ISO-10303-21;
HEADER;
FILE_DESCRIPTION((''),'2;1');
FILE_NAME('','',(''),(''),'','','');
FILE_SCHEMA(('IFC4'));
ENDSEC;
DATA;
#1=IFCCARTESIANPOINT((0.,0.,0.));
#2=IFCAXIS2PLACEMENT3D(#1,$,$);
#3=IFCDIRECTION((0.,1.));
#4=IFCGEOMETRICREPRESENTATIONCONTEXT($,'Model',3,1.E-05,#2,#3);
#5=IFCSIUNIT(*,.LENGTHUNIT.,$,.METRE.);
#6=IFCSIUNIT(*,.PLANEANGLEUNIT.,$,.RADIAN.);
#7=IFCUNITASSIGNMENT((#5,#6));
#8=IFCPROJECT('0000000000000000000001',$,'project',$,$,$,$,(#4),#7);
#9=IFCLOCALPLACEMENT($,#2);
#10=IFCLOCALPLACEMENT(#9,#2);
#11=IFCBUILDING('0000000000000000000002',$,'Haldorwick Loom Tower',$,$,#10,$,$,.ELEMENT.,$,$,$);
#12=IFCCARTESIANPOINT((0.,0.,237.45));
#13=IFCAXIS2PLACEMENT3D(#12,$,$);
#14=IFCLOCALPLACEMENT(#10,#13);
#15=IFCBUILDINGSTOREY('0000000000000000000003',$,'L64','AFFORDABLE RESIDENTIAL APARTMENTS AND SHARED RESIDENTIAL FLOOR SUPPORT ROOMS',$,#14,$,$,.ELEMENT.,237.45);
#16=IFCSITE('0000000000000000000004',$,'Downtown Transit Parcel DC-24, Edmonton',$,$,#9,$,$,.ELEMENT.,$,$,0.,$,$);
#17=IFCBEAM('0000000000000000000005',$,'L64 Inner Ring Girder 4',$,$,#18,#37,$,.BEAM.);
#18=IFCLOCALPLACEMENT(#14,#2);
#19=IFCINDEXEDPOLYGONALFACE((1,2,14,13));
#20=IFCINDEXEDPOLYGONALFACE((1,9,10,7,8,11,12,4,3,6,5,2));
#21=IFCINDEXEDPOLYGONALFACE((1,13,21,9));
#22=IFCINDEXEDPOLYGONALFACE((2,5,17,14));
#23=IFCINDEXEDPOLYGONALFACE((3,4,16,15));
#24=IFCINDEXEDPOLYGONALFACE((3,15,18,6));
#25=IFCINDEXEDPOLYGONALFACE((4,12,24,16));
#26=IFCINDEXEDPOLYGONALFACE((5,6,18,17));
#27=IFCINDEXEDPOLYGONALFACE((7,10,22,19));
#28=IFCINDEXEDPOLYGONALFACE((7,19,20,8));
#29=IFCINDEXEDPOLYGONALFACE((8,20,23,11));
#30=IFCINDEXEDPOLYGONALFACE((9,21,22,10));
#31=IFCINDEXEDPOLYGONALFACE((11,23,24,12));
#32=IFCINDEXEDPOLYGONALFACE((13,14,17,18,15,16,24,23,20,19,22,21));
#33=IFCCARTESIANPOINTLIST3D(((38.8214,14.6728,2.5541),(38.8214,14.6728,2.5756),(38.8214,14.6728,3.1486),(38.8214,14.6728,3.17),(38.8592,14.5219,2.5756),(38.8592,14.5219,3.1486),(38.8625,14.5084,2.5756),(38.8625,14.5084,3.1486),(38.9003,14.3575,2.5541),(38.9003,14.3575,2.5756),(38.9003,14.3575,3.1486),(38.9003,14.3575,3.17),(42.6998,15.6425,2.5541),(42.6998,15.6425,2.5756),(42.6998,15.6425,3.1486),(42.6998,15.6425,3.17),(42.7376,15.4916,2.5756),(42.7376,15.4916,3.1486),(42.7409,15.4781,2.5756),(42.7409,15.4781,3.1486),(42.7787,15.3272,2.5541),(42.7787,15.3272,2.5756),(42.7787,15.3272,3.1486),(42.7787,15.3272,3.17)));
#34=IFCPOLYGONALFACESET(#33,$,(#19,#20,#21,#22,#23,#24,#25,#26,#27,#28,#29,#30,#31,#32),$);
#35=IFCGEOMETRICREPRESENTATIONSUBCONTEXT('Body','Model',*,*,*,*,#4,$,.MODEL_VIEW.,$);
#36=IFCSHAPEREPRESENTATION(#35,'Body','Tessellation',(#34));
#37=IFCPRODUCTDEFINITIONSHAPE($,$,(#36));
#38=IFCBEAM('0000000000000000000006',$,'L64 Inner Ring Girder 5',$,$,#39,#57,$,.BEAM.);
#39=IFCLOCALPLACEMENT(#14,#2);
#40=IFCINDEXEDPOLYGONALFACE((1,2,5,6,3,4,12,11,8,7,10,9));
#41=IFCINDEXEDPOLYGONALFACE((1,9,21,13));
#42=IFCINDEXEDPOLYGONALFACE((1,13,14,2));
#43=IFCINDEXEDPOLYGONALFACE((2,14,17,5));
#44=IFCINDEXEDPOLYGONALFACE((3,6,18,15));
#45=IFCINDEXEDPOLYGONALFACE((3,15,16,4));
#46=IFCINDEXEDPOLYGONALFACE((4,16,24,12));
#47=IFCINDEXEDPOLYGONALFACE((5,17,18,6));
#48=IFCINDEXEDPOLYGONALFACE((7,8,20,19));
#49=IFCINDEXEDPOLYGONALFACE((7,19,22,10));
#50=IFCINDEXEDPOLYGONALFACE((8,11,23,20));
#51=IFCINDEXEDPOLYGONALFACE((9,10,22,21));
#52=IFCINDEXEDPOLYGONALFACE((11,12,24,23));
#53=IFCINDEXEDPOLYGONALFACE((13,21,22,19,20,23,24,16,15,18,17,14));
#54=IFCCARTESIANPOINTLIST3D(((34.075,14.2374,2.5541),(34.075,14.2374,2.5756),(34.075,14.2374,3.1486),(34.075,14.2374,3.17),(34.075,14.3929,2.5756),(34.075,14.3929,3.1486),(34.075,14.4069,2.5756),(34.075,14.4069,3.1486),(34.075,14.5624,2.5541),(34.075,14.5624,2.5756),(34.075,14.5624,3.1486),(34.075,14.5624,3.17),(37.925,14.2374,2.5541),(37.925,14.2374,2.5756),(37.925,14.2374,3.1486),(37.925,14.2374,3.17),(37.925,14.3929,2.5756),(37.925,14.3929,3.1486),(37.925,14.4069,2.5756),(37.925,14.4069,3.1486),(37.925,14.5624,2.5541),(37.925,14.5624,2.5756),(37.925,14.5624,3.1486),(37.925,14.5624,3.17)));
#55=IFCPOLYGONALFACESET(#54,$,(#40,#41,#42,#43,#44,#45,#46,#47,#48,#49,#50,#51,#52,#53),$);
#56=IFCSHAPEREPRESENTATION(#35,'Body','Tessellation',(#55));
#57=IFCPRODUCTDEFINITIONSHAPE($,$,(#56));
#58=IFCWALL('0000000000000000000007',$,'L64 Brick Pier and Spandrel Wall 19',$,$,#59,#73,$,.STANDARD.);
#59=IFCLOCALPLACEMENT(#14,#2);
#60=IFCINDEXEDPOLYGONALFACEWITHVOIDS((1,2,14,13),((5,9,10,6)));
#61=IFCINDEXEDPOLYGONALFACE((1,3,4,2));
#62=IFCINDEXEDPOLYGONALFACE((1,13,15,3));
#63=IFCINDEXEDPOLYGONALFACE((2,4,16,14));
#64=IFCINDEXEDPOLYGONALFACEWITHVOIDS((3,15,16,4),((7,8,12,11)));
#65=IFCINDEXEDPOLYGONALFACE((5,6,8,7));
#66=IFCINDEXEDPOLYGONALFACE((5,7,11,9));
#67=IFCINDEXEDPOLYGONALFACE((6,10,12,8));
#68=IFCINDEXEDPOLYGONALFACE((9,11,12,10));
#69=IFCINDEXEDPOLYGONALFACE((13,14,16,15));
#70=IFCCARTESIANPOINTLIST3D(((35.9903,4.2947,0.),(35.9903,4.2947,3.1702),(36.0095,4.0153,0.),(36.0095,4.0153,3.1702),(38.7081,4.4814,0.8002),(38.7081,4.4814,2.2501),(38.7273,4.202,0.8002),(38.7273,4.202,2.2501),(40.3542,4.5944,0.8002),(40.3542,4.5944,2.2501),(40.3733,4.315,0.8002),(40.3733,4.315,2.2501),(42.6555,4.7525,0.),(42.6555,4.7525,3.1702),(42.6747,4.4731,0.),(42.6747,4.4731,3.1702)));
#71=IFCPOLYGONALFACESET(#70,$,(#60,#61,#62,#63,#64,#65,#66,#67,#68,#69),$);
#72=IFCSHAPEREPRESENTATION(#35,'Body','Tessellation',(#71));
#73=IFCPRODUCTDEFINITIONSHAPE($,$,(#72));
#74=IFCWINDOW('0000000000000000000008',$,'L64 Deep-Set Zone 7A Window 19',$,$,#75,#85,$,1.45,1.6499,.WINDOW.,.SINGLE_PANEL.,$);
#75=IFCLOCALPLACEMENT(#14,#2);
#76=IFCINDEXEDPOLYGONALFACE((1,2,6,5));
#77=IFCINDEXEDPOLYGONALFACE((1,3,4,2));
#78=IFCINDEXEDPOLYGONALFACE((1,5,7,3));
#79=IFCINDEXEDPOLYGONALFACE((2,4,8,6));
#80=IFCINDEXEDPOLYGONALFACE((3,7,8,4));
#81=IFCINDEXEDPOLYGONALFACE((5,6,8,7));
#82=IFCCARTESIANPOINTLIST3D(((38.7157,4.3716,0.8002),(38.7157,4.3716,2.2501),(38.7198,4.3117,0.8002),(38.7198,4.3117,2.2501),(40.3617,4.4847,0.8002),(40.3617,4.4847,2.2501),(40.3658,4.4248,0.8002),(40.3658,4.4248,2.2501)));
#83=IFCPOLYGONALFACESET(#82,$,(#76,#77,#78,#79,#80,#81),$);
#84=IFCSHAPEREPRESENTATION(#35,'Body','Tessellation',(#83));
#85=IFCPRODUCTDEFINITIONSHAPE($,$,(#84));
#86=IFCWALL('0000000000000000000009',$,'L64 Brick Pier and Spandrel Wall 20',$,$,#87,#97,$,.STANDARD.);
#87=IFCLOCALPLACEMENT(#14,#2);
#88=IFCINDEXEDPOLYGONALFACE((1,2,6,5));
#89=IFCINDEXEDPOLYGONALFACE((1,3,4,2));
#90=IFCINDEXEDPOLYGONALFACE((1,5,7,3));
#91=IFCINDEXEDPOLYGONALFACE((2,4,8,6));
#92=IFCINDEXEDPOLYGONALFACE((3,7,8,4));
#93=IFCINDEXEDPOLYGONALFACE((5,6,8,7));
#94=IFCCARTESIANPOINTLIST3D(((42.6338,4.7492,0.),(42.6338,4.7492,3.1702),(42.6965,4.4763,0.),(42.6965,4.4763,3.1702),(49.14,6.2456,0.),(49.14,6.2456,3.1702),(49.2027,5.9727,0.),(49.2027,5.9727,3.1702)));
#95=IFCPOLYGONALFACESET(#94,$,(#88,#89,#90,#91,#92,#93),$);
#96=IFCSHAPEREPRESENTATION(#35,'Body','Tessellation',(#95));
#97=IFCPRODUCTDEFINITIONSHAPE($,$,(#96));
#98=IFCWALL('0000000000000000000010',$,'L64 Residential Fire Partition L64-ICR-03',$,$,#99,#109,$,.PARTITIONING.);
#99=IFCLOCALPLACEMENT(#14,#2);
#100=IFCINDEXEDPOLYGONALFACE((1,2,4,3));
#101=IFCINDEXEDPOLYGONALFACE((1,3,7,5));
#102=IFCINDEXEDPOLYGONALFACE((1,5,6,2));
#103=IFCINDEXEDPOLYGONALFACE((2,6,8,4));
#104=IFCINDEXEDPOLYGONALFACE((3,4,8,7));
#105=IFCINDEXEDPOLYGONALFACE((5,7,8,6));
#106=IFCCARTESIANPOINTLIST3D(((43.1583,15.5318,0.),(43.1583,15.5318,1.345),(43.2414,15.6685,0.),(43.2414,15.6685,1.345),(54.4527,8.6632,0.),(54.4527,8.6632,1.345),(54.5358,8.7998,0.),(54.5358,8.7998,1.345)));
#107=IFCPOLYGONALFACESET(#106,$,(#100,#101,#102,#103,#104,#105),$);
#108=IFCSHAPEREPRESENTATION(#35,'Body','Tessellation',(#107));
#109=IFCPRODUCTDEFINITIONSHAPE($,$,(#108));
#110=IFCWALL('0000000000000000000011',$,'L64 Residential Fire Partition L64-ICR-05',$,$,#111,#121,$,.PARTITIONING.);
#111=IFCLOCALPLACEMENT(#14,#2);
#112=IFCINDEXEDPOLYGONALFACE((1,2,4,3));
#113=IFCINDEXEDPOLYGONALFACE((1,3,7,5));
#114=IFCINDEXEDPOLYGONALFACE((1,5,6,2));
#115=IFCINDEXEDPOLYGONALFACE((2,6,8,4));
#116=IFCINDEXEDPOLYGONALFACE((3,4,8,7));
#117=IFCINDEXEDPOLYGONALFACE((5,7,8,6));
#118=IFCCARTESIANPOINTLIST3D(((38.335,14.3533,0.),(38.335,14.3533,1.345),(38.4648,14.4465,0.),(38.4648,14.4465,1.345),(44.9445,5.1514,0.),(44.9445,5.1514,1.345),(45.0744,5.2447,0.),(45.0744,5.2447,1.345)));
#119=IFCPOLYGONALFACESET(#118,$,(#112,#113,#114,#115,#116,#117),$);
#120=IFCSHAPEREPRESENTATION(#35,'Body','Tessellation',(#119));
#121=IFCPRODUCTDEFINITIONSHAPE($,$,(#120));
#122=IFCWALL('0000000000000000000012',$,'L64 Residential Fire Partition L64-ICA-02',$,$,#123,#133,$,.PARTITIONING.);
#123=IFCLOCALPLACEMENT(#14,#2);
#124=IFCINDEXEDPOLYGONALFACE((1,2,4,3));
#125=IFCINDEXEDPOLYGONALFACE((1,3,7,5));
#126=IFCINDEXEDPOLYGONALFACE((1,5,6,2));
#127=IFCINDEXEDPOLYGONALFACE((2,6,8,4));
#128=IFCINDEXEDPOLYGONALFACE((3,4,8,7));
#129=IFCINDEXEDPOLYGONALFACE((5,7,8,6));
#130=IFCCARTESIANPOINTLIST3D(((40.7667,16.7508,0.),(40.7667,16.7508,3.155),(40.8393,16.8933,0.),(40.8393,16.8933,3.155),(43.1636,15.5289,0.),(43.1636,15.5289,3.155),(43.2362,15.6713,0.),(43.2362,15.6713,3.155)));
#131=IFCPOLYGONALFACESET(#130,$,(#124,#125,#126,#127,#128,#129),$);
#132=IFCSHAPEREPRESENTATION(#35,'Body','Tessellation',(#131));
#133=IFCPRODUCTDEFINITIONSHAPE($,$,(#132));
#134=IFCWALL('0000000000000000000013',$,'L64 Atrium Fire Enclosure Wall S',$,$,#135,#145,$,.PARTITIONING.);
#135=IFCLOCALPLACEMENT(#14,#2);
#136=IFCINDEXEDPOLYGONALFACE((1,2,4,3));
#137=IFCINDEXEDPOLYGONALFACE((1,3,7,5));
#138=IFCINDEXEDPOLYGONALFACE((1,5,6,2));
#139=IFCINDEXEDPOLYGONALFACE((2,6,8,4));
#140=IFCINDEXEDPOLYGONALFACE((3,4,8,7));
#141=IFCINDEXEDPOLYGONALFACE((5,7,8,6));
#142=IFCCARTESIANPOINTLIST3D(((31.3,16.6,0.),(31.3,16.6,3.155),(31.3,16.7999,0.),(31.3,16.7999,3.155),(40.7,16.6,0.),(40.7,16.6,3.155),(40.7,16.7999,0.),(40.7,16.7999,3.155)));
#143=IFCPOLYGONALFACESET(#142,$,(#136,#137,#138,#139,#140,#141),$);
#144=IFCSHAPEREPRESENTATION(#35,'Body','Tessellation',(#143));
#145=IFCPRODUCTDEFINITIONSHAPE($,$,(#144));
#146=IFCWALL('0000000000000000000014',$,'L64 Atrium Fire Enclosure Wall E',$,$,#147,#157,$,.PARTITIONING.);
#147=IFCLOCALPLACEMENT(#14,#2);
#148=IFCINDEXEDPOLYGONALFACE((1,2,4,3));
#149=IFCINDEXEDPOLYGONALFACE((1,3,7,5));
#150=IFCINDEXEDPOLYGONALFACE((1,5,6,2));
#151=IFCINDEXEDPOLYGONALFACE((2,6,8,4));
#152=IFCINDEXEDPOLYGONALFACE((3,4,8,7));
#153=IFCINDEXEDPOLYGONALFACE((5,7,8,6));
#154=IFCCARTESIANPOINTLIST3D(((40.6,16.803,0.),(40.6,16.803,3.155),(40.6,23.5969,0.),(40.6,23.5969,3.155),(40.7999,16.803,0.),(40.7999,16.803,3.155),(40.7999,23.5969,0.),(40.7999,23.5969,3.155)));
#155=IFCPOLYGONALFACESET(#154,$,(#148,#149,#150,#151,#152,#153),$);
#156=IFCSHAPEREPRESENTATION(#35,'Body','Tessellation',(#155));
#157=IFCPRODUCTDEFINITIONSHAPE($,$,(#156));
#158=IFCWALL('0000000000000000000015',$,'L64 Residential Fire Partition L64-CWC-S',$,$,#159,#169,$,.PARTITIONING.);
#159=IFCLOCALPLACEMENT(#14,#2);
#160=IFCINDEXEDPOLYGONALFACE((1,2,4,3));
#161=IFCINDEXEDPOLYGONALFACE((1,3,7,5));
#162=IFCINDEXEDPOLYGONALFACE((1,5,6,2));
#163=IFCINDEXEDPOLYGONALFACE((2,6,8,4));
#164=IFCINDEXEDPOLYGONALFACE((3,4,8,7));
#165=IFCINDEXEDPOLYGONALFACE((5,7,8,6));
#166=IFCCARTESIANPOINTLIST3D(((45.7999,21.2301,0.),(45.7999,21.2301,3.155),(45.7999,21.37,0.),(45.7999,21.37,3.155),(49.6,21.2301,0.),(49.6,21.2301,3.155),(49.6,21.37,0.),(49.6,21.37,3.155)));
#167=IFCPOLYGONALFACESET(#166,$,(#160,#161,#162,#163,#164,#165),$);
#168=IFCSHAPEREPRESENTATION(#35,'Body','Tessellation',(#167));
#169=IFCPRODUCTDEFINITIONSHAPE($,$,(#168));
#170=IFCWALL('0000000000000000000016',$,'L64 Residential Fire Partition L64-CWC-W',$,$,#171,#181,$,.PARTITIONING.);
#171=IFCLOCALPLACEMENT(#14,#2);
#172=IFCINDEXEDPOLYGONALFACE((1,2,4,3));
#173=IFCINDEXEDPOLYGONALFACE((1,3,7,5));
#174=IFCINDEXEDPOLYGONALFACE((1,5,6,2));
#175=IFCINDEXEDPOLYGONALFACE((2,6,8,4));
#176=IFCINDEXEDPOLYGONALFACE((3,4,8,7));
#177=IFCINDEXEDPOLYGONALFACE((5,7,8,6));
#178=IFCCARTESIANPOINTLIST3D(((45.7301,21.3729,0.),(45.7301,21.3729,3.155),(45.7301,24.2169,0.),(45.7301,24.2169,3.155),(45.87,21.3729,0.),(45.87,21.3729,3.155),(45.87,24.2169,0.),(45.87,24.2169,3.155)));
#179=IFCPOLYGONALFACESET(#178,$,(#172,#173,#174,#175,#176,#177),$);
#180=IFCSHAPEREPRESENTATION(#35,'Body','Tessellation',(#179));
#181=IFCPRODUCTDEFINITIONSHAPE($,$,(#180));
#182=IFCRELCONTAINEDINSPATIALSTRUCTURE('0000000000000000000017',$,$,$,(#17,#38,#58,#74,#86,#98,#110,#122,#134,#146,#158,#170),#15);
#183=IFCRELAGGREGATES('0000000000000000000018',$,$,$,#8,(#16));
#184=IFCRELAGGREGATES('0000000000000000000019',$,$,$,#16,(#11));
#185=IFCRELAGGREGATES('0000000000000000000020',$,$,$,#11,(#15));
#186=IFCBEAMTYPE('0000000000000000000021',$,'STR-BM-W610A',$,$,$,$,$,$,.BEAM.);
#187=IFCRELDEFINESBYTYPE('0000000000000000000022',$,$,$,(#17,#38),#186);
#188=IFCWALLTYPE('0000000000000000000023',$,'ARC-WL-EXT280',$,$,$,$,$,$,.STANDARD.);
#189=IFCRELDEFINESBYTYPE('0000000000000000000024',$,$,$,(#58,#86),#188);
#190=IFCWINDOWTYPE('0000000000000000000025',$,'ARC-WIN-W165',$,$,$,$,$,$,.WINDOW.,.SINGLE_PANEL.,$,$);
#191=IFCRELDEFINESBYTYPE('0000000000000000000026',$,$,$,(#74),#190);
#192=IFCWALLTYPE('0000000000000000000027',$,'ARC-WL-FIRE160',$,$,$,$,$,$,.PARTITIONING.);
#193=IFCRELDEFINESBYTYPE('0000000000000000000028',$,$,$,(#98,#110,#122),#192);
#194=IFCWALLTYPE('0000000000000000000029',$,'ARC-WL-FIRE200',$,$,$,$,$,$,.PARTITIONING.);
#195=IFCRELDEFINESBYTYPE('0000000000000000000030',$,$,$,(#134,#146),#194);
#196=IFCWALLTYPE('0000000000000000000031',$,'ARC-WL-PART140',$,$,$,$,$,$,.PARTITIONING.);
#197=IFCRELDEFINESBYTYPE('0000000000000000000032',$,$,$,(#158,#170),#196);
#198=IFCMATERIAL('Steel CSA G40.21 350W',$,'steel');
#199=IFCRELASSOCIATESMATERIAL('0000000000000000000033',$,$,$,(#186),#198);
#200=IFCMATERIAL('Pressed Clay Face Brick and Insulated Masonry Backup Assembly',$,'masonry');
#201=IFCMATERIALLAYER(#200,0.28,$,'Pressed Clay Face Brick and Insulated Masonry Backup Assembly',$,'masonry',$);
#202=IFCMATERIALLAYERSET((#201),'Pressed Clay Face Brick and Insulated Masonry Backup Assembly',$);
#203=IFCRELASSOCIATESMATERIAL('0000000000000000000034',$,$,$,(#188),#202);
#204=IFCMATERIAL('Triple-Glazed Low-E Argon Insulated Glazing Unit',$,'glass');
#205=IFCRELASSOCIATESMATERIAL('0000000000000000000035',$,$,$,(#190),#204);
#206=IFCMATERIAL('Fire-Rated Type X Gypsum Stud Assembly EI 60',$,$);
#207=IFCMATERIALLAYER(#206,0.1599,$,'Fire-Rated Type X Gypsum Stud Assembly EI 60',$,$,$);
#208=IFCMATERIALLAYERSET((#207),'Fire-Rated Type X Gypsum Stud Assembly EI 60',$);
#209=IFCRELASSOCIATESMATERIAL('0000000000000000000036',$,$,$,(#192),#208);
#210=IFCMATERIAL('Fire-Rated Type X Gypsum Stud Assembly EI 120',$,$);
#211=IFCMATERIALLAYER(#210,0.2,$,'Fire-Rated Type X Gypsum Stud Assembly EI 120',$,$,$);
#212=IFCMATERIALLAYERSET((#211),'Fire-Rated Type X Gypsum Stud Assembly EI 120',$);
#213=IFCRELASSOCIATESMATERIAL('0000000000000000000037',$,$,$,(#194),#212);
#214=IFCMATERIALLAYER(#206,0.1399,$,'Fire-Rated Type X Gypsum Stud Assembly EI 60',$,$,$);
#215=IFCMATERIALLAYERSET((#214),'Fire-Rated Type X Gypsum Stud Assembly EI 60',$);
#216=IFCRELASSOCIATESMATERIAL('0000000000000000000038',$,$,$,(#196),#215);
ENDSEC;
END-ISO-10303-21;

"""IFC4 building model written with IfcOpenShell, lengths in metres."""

from ifc_helpers import new_model, si_unit, direction, frame, frame_2d, origin, origin_2d, place, context, subcontext, project, spatial, rectangle, i_section, extrude, material, layer, layer_set, material_profile, profile_set, type_object, element, fill, save


model = new_model("IFC4")

# Units and contexts
model_context = context("Model", 3, precision=1e-05, world=origin(), true_north=direction((0.0, 1.0)))
body_context = subcontext(model_context, "Body", "Model", "MODEL_VIEW")
ifc_project = project(units=[si_unit("LENGTHUNIT", "METRE"), si_unit("PLANEANGLEUNIT", "RADIAN")], contexts=[model_context])

# Site, building, storey
site_placement = place(None, origin())
site = spatial("IfcSite", under=ifc_project, at=site_placement, Name="Downtown Transit Parcel DC-24, Edmonton", CompositionType="ELEMENT", RefElevation=0.0)
building_placement = place(site_placement, origin())
building = spatial("IfcBuilding", under=site, at=building_placement, Name="Haldorwick Loom Tower", CompositionType="ELEMENT")
storey_placement = place(building_placement, frame((0.0, 0.0, 237.45)))
storey = spatial("IfcBuildingStorey", under=building, at=storey_placement, Name="L64", Description="AFFORDABLE RESIDENTIAL APARTMENTS AND SHARED RESIDENTIAL FLOOR SUPPORT ROOMS", CompositionType="ELEMENT", Elevation=237.45)

# Shared definitions
ifc_material_1 = material(Name="Steel CSA G40.21 350W", Category="steel")

# Beams
ifc_material_profile_1 = material_profile(ifc_material_1, i_section(OverallWidth=0.325, OverallDepth=0.616, WebThickness=0.0139, FlangeThickness=0.0215, at=origin_2d()), Name="W610X174", Category="steel")
ifc_profile_set_1 = profile_set([ifc_material_profile_1], Name="Steel CSA G40.21 350W")
beam_type_1 = type_object("IfcBeamType", Name="STR-BM-W610A", PredefinedType="BEAM", material=ifc_profile_set_1)
beam_1_placement = place(storey_placement, frame((42.7393, 15.4849, 2.8621), z_axis=(-0.970135, -0.242564, 0.0), x_axis=(0.242564, -0.970135, 0.0)))
element("IfcBeam", 1, at=beam_1_placement, inside=storey, type_object=beam_type_1, Name="L64 Inner Ring Girder 4", PredefinedType="BEAM", context=body_context, shape_type="SweptSolid", body=[
    extrude(i_section(OverallWidth=0.325, OverallDepth=0.616, WebThickness=0.0139, FlangeThickness=0.0215, at=origin_2d()), origin(), (0.0, 0.0, 1.0), 3.9978),
])
beam_2_placement = place(storey_placement, frame((37.925, 14.3999, 2.8621), z_axis=(-1.0, 0.0, 0.0), x_axis=(0.0, -1.0, 0.0)))
element("IfcBeam", 2, at=beam_2_placement, inside=storey, type_object=beam_type_1, Name="L64 Inner Ring Girder 5", PredefinedType="BEAM", context=body_context, shape_type="SweptSolid", body=[
    extrude(i_section(OverallWidth=0.325, OverallDepth=0.616, WebThickness=0.0139, FlangeThickness=0.0215, at=origin_2d()), origin(), (0.0, 0.0, 1.0), 3.8501),
])

# Wall, opening, window
ifc_material_2 = material(Name="Pressed Clay Face Brick and Insulated Masonry Backup Assembly", Category="masonry")
ifc_layer_1 = layer(ifc_material_2, 0.28, Name="Pressed Clay Face Brick and Insulated Masonry Backup Assembly", Category="masonry")
ifc_layer_set_1 = layer_set([ifc_layer_1], Name="Pressed Clay Face Brick and Insulated Masonry Backup Assembly")
wall_type_1 = type_object("IfcWallType", Name="ARC-WL-EXT280", PredefinedType="STANDARD", material=ifc_layer_set_1)
wall_1_placement = place(storey_placement, frame((36.0, 4.155, 0.0), z_axis=(0.0, 0.0, 1.0), x_axis=(0.99765, 0.068517, 0.0)))
wall_1 = element("IfcWall", 3, at=wall_1_placement, inside=storey, type_object=wall_type_1, Name="L64 Brick Pier and Spandrel Wall 19", PredefinedType="STANDARD", context=body_context, shape_type="SweptSolid", body=[
    extrude(rectangle(XDim=6.6809, YDim=0.28, at=frame_2d((3.3403, 0.0))), origin(), (0.0, 0.0, 1.0), 3.1702),
])
opening_placement = place(wall_1_placement, frame((2.7241, 0.0, 0.8)))
opening = element("IfcOpeningElement", 4, at=opening_placement, cuts=wall_1, PredefinedType="OPENING", context=body_context, shape_type="SweptSolid", body=[
    extrude(rectangle(XDim=1.6499, YDim=1.45, at=frame_2d((0.825, 0.7251))), frame((0.0, 0.1499, 0.0), z_axis=(0.0, -1.0, 0.0), x_axis=(1.0, 0.0, 0.0)), (0.0, 0.0, 1.0), 0.3),
])
ifc_material_3 = material(Name="Triple-Glazed Low-E Argon Insulated Glazing Unit", Category="glass")
window_type = type_object("IfcWindowType", Name="ARC-WIN-W165", PartitioningType="SINGLE_PANEL", PredefinedType="WINDOW", material=ifc_material_3)
window_placement = place(opening_placement, origin())
window = element("IfcWindow", 5, at=window_placement, inside=storey, type_object=window_type, Name="L64 Deep-Set Zone 7A Window 19", OverallHeight=1.45, OverallWidth=1.6499, PartitioningType="SINGLE_PANEL", PredefinedType="WINDOW", context=body_context, shape_type="SweptSolid", body=[
    extrude(rectangle(XDim=1.6499, YDim=1.45, at=frame_2d((0.825, 0.7251))), frame((0.0, 0.03, 0.0), z_axis=(0.0, -1.0, 0.0), x_axis=(1.0, 0.0, 0.0)), (0.0, 0.0, 1.0), 0.0601),
])
fill(opening, window)

# Walls
wall_2_placement = place(storey_placement, frame((42.6653, 4.6128, 0.0), z_axis=(0.0, 0.0, 1.0), x_axis=(0.974557, 0.224138, 0.0)))
element("IfcWall", 6, at=wall_2_placement, inside=storey, type_object=wall_type_1, Name="L64 Brick Pier and Spandrel Wall 20", PredefinedType="STANDARD", context=body_context, shape_type="SweptSolid", body=[
    extrude(rectangle(XDim=6.676, YDim=0.28, at=frame_2d((3.3379, 0.0))), origin(), (0.0, 0.0, 1.0), 3.1702),
])
ifc_material_4 = material(Name="Fire-Rated Type X Gypsum Stud Assembly EI 60")
ifc_layer_2 = layer(ifc_material_4, 0.1599, Name="Fire-Rated Type X Gypsum Stud Assembly EI 60")
ifc_layer_set_2 = layer_set([ifc_layer_2], Name="Fire-Rated Type X Gypsum Stud Assembly EI 60")
wall_type_2 = type_object("IfcWallType", Name="ARC-WL-FIRE160", PredefinedType="PARTITIONING", material=ifc_layer_set_2)
wall_3_placement = place(storey_placement, frame((43.2, 15.6001, 0.0), z_axis=(0.0, 0.0, 1.0), x_axis=(0.854407, -0.519604, 0.0)))
element("IfcWall", 7, at=wall_3_placement, inside=storey, type_object=wall_type_2, Name="L64 Residential Fire Partition L64-ICR-03", PredefinedType="PARTITIONING", context=body_context, shape_type="SweptSolid", body=[
    extrude(rectangle(XDim=13.219, YDim=0.1599, at=frame_2d((6.6094, 0.0))), origin(), (0.0, 0.0, 1.0), 1.345),
])
wall_4_placement = place(storey_placement, frame((38.3999, 14.3999, 0.0), z_axis=(0.0, 0.0, 1.0), x_axis=(0.583389, -0.812193, 0.0)))
element("IfcWall", 8, at=wall_4_placement, inside=storey, type_object=wall_type_2, Name="L64 Residential Fire Partition L64-ICR-05", PredefinedType="PARTITIONING", context=body_context, shape_type="SweptSolid", body=[
    extrude(rectangle(XDim=11.3296, YDim=0.1599, at=frame_2d((5.6648, 0.0))), origin(), (0.0, 0.0, 1.0), 1.345),
])
wall_5_placement = place(storey_placement, frame((40.803, 16.822, 0.0), z_axis=(0.0, 0.0, 1.0), x_axis=(0.890916, -0.454169, 0.0)))
element("IfcWall", 9, at=wall_5_placement, inside=storey, type_object=wall_type_2, Name="L64 Residential Fire Partition L64-ICA-02", PredefinedType="PARTITIONING", context=body_context, shape_type="SweptSolid", body=[
    extrude(rectangle(XDim=2.6904, YDim=0.1599, at=frame_2d((1.3452, 0.0))), origin(), (0.0, 0.0, 1.0), 3.155),
])
ifc_material_5 = material(Name="Fire-Rated Type X Gypsum Stud Assembly EI 120")
ifc_layer_3 = layer(ifc_material_5, 0.2, Name="Fire-Rated Type X Gypsum Stud Assembly EI 120")
ifc_layer_set_3 = layer_set([ifc_layer_3], Name="Fire-Rated Type X Gypsum Stud Assembly EI 120")
wall_type_3 = type_object("IfcWallType", Name="ARC-WL-FIRE200", PredefinedType="PARTITIONING", material=ifc_layer_set_3)
wall_6_placement = place(storey_placement, frame((40.7, 16.7, 0.0), z_axis=(0.0, 0.0, 1.0), x_axis=(-1.0, 0.0, 0.0)))
element("IfcWall", 10, at=wall_6_placement, inside=storey, type_object=wall_type_3, Name="L64 Atrium Fire Enclosure Wall S", PredefinedType="PARTITIONING", context=body_context, shape_type="SweptSolid", body=[
    extrude(rectangle(XDim=9.3999, YDim=0.2, at=frame_2d((4.7, 0.0))), origin(), (0.0, 0.0, 1.0), 3.155),
])
wall_7_placement = place(storey_placement, frame((40.7, 23.5969, 0.0), z_axis=(0.0, 0.0, 1.0), x_axis=(0.0, -1.0, 0.0)))
element("IfcWall", 11, at=wall_7_placement, inside=storey, type_object=wall_type_3, Name="L64 Atrium Fire Enclosure Wall E", PredefinedType="PARTITIONING", context=body_context, shape_type="SweptSolid", body=[
    extrude(rectangle(XDim=6.7939, YDim=0.2, at=frame_2d((3.397, 0.0))), origin(), (0.0, 0.0, 1.0), 3.155),
])
ifc_layer_4 = layer(ifc_material_4, 0.1399, Name="Fire-Rated Type X Gypsum Stud Assembly EI 60")
ifc_layer_set_4 = layer_set([ifc_layer_4], Name="Fire-Rated Type X Gypsum Stud Assembly EI 60")
wall_type_4 = type_object("IfcWallType", Name="ARC-WL-PART140", PredefinedType="PARTITIONING", material=ifc_layer_set_4)
wall_8_placement = place(storey_placement, frame((45.8, 21.3, 0.0), z_axis=(0.0, 0.0, 1.0), x_axis=(1.0, 0.0, 0.0)))
element("IfcWall", 12, at=wall_8_placement, inside=storey, type_object=wall_type_4, Name="L64 Residential Fire Partition L64-CWC-S", PredefinedType="PARTITIONING", context=body_context, shape_type="SweptSolid", body=[
    extrude(rectangle(XDim=3.8, YDim=0.1399, at=frame_2d((1.8999, 0.0))), origin(), (0.0, 0.0, 1.0), 3.155),
])
wall_9_placement = place(storey_placement, frame((45.8, 21.373, 0.0), z_axis=(0.0, 0.0, 1.0), x_axis=(0.0, 1.0, 0.0)))
element("IfcWall", 13, at=wall_9_placement, inside=storey, type_object=wall_type_4, Name="L64 Residential Fire Partition L64-CWC-W", PredefinedType="PARTITIONING", context=body_context, shape_type="SweptSolid", body=[
    extrude(rectangle(XDim=2.844, YDim=0.1399, at=frame_2d((1.4219, 0.0))), origin(), (0.0, 0.0, 1.0), 3.155),
])

save(model, "model.ifc")
